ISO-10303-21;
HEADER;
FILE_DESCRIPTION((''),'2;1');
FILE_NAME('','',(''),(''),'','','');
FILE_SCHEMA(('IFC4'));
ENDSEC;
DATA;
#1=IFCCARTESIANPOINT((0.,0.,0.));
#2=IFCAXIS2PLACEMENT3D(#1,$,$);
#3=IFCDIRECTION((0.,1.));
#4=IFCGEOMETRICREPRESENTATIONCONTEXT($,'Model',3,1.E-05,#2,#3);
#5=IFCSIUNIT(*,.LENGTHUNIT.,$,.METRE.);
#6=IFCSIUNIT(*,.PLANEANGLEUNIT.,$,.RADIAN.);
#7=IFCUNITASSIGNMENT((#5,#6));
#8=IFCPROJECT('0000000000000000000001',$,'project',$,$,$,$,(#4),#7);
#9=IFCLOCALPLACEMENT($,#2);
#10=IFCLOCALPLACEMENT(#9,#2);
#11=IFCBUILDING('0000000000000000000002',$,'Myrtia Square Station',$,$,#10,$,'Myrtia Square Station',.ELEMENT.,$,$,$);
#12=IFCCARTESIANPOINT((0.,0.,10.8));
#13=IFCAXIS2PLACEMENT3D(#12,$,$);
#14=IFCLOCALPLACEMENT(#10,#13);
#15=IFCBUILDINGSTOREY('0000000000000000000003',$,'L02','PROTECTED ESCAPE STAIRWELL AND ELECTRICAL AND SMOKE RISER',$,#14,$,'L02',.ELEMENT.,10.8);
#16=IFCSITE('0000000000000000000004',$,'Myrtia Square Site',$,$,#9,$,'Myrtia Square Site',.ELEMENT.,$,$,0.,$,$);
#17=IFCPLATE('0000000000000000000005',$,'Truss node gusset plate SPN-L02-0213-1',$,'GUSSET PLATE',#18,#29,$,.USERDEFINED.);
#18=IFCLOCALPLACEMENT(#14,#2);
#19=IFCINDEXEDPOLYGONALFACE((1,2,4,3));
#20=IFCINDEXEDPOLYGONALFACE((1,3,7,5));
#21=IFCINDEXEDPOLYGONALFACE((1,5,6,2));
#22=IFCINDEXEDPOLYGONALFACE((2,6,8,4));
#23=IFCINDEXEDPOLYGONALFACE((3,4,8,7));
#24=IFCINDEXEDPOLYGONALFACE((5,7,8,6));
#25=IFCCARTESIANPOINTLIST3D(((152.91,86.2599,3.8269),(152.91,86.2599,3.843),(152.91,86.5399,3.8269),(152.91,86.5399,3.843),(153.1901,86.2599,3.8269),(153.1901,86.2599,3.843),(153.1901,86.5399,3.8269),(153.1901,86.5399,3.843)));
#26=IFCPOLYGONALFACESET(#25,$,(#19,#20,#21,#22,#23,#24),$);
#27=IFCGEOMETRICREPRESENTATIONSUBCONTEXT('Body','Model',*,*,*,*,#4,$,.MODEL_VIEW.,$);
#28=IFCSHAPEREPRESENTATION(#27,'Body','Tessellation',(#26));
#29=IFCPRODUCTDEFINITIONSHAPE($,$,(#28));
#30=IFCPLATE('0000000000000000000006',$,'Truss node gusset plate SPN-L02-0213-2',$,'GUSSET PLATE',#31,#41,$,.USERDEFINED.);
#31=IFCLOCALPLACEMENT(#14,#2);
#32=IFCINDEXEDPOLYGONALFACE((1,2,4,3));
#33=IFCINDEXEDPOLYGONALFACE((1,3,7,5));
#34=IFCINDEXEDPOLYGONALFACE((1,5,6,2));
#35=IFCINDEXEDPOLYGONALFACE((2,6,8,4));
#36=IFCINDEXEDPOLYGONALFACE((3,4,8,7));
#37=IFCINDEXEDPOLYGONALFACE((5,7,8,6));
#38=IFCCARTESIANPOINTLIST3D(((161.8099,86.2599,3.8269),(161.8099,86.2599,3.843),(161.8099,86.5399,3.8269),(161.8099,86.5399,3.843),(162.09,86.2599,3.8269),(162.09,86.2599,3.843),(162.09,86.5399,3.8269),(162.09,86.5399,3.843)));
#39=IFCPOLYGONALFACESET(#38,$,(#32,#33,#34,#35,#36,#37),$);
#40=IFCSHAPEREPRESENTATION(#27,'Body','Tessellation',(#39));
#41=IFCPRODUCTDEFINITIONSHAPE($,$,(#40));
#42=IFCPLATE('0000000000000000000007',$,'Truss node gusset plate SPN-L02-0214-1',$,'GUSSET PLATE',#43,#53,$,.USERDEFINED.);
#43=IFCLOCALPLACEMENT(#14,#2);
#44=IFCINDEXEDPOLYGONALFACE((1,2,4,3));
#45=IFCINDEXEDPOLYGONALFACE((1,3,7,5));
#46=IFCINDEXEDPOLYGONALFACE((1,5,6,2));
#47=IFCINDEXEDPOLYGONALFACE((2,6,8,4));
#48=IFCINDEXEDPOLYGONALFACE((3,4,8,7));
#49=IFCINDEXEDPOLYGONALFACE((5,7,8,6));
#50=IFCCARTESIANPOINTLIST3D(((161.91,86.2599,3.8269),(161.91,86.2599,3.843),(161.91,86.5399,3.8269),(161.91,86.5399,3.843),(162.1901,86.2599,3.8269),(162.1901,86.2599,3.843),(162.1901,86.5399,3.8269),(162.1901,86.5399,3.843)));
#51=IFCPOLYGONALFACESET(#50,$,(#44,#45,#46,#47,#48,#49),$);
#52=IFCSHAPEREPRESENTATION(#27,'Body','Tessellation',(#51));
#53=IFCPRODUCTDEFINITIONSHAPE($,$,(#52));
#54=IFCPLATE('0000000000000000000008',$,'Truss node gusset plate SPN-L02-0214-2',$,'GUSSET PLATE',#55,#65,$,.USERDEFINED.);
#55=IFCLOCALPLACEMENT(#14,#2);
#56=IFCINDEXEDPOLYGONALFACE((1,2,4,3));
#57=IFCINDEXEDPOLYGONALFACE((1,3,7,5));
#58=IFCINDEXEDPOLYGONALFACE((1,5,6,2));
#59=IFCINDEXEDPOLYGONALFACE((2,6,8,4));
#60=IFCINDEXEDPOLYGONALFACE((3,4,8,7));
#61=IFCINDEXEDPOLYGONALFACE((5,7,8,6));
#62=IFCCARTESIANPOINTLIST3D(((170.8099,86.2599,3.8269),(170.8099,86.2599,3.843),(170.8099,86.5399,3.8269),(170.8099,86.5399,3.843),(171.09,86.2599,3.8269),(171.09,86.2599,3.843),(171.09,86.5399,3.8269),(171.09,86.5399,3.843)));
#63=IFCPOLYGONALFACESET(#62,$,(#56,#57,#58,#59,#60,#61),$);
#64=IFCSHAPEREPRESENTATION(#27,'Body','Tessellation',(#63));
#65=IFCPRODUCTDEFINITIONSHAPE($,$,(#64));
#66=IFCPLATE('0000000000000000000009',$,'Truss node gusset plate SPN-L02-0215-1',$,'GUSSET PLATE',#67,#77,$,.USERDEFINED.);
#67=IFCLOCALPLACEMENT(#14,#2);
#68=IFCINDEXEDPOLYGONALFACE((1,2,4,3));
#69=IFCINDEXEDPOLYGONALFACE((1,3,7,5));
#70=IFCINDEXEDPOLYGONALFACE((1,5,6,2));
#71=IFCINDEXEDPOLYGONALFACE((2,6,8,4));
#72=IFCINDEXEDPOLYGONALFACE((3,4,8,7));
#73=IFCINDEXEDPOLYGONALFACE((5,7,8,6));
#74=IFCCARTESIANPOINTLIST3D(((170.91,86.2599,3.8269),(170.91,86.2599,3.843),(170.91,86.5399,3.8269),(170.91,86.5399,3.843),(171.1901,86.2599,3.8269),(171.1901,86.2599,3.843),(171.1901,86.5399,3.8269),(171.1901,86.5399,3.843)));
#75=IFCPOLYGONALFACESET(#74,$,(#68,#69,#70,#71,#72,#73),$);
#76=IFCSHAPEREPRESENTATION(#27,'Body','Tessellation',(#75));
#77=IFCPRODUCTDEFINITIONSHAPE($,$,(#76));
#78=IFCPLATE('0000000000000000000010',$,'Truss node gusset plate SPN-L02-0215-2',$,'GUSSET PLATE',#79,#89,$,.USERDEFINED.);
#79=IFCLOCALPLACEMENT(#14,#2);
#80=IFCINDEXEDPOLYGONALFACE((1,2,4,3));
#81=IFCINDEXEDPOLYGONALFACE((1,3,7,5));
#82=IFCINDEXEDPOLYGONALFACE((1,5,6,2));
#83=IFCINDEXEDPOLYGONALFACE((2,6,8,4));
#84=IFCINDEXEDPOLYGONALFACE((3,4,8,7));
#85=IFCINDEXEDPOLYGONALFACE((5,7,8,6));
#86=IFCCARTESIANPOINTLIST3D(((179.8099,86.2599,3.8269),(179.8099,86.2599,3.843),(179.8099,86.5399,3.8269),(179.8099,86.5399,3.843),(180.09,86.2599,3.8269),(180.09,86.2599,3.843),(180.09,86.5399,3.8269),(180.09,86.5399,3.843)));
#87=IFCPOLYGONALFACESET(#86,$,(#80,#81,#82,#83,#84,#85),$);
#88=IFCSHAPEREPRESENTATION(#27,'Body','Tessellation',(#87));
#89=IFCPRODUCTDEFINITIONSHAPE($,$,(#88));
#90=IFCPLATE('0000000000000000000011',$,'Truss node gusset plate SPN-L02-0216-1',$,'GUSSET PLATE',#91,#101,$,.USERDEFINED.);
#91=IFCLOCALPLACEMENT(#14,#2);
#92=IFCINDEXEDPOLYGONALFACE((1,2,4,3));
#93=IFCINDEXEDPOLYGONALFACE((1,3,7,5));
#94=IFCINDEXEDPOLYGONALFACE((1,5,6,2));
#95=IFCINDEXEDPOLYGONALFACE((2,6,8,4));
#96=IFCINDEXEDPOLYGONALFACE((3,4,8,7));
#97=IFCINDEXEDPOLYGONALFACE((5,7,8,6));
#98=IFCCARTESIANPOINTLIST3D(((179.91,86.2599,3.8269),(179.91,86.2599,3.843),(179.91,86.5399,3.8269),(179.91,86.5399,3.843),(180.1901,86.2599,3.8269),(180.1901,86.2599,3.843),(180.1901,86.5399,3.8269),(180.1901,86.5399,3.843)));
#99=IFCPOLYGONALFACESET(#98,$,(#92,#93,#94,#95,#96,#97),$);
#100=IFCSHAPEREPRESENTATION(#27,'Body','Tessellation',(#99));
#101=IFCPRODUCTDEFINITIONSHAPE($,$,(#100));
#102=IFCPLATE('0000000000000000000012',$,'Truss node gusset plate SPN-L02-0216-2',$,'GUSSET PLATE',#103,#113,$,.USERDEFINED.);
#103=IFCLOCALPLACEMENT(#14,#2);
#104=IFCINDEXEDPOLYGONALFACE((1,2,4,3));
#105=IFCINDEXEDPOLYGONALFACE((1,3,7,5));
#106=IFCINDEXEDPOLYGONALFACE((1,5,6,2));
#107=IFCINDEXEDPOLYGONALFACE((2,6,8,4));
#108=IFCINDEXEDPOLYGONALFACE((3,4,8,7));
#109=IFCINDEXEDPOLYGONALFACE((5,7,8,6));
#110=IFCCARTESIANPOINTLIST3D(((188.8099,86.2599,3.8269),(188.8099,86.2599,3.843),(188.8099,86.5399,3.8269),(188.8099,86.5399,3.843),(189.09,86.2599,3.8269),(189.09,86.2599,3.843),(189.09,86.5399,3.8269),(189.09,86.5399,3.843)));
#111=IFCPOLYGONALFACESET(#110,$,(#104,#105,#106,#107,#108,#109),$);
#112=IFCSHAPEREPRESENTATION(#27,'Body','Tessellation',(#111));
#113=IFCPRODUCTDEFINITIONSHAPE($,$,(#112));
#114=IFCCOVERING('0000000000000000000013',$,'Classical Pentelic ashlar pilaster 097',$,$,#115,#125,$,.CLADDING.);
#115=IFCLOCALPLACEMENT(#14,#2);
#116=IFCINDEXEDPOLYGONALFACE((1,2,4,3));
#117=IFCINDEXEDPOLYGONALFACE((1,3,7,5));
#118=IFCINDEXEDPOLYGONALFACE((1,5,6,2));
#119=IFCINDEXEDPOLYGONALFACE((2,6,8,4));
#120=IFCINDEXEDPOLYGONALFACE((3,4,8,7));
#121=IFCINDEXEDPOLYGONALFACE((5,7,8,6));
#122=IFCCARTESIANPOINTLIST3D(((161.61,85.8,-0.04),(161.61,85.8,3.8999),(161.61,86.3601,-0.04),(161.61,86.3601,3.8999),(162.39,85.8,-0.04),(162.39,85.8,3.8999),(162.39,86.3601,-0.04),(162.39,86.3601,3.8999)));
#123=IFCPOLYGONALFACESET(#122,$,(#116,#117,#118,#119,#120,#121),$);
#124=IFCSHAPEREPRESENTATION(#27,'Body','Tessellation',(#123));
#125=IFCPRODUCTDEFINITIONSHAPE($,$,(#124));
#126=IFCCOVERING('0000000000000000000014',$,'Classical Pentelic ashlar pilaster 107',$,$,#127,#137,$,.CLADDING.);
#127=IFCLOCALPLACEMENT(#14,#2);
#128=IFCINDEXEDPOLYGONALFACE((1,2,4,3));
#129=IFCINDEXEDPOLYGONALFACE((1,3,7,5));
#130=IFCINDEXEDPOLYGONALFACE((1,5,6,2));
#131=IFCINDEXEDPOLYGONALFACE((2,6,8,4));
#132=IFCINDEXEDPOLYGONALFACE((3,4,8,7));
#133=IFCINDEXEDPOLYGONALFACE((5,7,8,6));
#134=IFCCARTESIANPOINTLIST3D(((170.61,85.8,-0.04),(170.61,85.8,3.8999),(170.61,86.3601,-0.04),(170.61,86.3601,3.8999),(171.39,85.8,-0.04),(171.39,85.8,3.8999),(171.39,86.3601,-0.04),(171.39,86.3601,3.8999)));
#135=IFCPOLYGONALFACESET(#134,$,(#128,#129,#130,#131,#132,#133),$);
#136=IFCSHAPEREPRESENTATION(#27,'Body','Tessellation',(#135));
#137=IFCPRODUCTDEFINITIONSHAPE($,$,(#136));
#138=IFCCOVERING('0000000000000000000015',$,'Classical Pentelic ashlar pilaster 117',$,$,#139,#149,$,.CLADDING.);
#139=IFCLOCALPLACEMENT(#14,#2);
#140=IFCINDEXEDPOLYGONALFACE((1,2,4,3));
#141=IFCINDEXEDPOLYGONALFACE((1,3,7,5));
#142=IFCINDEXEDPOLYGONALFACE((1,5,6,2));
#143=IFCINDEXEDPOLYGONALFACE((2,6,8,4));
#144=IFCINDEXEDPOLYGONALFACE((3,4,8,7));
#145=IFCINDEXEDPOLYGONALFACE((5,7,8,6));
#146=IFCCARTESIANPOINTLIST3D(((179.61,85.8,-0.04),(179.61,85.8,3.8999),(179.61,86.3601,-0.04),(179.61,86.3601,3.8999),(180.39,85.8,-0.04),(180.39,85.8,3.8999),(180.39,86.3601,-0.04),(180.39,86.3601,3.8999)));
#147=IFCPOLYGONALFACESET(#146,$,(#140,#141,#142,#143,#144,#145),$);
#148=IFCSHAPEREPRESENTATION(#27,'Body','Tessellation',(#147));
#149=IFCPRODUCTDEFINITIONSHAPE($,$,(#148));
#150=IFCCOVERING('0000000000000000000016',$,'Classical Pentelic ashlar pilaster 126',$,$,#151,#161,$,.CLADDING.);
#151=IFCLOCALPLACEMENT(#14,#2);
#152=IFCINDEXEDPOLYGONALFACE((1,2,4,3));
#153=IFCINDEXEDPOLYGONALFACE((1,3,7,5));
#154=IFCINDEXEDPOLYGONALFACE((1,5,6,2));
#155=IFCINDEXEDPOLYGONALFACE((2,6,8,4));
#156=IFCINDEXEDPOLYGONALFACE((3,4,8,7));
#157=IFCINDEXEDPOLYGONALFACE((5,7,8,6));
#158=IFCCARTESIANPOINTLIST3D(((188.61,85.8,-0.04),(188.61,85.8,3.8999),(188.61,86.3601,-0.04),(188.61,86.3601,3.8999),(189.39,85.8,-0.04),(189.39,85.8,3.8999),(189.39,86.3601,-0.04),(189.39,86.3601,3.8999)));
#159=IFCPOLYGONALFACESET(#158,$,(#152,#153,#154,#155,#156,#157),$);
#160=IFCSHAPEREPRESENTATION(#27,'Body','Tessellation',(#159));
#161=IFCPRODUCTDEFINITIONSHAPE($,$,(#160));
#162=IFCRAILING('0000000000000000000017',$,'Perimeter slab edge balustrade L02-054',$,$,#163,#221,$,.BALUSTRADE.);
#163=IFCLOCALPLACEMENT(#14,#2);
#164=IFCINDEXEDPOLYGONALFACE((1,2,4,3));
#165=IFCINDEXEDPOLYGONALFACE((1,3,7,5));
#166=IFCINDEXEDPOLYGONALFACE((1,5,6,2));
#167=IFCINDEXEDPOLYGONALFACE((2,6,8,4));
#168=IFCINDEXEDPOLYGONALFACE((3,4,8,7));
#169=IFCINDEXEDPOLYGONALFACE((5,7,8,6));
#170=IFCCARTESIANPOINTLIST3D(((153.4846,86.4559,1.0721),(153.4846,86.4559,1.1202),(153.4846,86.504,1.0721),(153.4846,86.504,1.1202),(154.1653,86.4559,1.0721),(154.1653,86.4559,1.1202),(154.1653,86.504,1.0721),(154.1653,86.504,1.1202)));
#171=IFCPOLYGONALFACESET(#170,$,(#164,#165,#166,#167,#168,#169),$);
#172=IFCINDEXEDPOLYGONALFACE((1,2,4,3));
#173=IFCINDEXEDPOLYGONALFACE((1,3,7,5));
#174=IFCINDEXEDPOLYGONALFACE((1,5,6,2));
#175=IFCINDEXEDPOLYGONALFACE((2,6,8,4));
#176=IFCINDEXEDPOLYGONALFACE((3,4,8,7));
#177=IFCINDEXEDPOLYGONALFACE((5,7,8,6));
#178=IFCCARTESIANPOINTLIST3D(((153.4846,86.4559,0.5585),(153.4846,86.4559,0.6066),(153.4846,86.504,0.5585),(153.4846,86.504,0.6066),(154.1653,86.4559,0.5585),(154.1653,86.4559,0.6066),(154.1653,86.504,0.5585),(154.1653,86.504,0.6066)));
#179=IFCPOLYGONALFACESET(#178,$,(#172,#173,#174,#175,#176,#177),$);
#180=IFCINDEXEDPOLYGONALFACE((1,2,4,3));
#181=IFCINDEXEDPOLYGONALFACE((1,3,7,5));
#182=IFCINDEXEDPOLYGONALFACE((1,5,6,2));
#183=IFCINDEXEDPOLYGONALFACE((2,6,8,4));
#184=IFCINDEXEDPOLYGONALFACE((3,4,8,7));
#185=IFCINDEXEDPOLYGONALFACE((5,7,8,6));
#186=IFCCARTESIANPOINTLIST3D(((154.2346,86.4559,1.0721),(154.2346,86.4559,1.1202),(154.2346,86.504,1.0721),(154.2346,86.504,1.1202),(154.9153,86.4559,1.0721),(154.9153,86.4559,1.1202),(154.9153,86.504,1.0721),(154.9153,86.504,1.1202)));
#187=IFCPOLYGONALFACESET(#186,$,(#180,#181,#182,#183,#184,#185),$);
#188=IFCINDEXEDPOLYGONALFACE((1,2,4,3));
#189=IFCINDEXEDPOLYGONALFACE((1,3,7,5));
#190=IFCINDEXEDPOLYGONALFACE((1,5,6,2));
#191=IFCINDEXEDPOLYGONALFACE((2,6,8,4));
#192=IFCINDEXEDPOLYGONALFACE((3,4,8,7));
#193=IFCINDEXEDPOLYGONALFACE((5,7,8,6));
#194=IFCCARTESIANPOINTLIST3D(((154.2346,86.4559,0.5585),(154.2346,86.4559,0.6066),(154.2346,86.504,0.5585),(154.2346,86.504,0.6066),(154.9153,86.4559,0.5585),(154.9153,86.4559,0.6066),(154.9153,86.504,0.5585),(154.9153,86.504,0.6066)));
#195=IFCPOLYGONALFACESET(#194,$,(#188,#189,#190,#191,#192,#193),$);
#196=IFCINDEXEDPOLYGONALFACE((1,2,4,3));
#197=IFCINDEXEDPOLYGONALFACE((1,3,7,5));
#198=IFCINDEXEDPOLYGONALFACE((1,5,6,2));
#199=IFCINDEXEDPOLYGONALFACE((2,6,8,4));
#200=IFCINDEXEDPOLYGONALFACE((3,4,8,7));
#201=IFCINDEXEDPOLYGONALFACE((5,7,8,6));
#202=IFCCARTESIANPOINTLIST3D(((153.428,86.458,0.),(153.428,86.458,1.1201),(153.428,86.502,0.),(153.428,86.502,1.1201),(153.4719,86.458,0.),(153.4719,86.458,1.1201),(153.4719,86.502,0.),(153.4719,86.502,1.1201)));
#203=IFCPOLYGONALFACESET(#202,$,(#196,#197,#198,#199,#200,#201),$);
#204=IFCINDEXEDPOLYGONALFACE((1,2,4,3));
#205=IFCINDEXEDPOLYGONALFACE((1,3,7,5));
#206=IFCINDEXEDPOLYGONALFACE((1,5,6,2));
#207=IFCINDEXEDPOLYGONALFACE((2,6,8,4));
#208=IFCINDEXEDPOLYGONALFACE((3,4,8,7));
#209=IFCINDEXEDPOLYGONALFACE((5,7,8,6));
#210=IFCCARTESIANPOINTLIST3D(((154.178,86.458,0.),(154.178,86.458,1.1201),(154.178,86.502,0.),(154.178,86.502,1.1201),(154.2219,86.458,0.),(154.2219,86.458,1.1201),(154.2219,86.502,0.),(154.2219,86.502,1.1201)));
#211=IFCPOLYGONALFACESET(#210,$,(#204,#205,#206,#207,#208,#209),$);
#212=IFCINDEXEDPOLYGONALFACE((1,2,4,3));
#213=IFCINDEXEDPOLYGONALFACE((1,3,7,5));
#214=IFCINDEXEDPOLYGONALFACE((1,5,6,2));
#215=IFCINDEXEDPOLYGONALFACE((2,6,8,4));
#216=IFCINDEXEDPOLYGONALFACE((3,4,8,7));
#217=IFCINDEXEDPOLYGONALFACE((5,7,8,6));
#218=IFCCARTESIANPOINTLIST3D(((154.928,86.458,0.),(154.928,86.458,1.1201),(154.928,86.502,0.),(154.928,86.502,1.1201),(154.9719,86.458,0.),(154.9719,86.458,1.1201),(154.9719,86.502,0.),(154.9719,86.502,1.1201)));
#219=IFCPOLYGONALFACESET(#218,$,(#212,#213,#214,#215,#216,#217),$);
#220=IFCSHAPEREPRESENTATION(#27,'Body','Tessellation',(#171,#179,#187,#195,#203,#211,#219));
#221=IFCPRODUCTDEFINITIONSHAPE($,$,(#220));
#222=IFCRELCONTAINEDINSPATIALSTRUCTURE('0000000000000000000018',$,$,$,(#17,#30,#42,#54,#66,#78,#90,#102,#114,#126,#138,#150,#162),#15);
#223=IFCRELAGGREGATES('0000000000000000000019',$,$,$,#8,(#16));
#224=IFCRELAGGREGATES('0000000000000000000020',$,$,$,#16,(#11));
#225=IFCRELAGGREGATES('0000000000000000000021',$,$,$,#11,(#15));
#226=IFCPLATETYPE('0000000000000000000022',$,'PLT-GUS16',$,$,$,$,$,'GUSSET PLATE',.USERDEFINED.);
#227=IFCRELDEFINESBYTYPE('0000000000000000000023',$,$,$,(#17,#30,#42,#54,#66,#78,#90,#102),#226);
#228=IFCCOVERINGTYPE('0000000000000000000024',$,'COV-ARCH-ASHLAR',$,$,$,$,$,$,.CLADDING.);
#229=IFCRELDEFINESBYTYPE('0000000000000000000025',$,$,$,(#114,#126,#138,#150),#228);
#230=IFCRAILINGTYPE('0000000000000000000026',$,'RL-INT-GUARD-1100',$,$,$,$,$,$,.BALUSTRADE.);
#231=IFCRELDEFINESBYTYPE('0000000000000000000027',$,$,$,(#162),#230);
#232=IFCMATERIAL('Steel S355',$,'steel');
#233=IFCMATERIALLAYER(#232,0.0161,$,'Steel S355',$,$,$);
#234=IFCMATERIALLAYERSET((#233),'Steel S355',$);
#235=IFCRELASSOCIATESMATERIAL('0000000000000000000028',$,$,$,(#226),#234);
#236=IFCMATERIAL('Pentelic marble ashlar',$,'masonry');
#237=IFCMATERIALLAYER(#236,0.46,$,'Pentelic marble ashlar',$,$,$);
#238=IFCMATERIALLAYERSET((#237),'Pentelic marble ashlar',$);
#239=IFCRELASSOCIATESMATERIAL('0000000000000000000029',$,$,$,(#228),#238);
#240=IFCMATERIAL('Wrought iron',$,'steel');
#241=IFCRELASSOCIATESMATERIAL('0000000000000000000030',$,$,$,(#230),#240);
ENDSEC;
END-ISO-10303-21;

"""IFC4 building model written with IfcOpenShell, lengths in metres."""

from ifc_helpers import new_model, si_unit, direction, frame, origin, origin_2d, place, context, subcontext, project, spatial, rectangle, extrude, material, layer, layer_set, type_object, element, save


model = new_model("IFC4")

# Units and contexts
model_context = context("Model", 3, precision=1e-05, world=origin(), true_north=direction((0.0, 1.0)))
body_context = subcontext(model_context, "Body", "Model", "MODEL_VIEW")
ifc_project = project(units=[si_unit("LENGTHUNIT", "METRE"), si_unit("PLANEANGLEUNIT", "RADIAN")], contexts=[model_context])

# Site, building, storey
site_placement = place(None, origin())
site = spatial("IfcSite", under=ifc_project, at=site_placement, Name="Myrtia Square Site", LongName="Myrtia Square Site", CompositionType="ELEMENT", RefElevation=0.0)
building_placement = place(site_placement, origin())
building = spatial("IfcBuilding", under=site, at=building_placement, Name="Myrtia Square Station", LongName="Myrtia Square Station", CompositionType="ELEMENT")
storey_placement = place(building_placement, frame((0.0, 0.0, 10.8)))
storey = spatial("IfcBuildingStorey", under=building, at=storey_placement, Name="L02", Description="PROTECTED ESCAPE STAIRWELL AND ELECTRICAL AND SMOKE RISER", LongName="L02", CompositionType="ELEMENT", Elevation=10.8)

# Shared definitions
ifc_material_1 = material(Name="Steel S355", Category="steel")

# Plates
ifc_layer_1 = layer(ifc_material_1, 0.0161, Name="Steel S355")
ifc_layer_set_1 = layer_set([ifc_layer_1], Name="Steel S355")
plate_type = type_object("IfcPlateType", Name="PLT-GUS16", ElementType="GUSSET PLATE", PredefinedType="USERDEFINED", material=ifc_layer_set_1)
for number, where, z_axis, x_axis, name in (
    (1, (153.05, 86.3999, 3.8269), (0.0, 0.0, 1.0), (1.0, 0.0, 0.0), "Truss node gusset plate SPN-L02-0213-1"),
    (2, (161.95, 86.3999, 3.8269), (0.0, 0.0, 1.0), (1.0, 0.0, 0.0), "Truss node gusset plate SPN-L02-0213-2"),
    (3, (162.05, 86.3999, 3.8269), (0.0, 0.0, 1.0), (1.0, 0.0, 0.0), "Truss node gusset plate SPN-L02-0214-1"),
    (4, (170.95, 86.3999, 3.8269), (0.0, 0.0, 1.0), (1.0, 0.0, 0.0), "Truss node gusset plate SPN-L02-0214-2"),
    (5, (171.05, 86.3999, 3.8269), (0.0, 0.0, 1.0), (1.0, 0.0, 0.0), "Truss node gusset plate SPN-L02-0215-1"),
    (6, (179.95, 86.3999, 3.8269), (0.0, 0.0, 1.0), (1.0, 0.0, 0.0), "Truss node gusset plate SPN-L02-0215-2"),
    (7, (180.05, 86.3999, 3.8269), (0.0, 0.0, 1.0), (1.0, 0.0, 0.0), "Truss node gusset plate SPN-L02-0216-1"),
    (8, (188.95, 86.3999, 3.8269), (0.0, 0.0, 1.0), (1.0, 0.0, 0.0), "Truss node gusset plate SPN-L02-0216-2"),
):
    element("IfcPlate", number, at=place(storey_placement, frame(where, z_axis=z_axis, x_axis=x_axis)), inside=storey, type_object=plate_type, Name=name, ObjectType="GUSSET PLATE", PredefinedType="USERDEFINED", context=body_context, shape_type="SweptSolid", body=[
        extrude(rectangle(XDim=0.28, YDim=0.28, at=origin_2d()), origin(), (0.0, 0.0, 1.0), 0.0161),
    ])

# Coverings
ifc_material_2 = material(Name="Pentelic marble ashlar", Category="masonry")
ifc_layer_2 = layer(ifc_material_2, 0.46, Name="Pentelic marble ashlar")
ifc_layer_set_2 = layer_set([ifc_layer_2], Name="Pentelic marble ashlar")
covering_type = type_object("IfcCoveringType", Name="COV-ARCH-ASHLAR", PredefinedType="CLADDING", material=ifc_layer_set_2)
for number, where, z_axis, x_axis, name in (
    (9, (162.0, 86.0801, -0.04), (0.0, 0.0, 1.0), (1.0, 0.0, 0.0), "Classical Pentelic ashlar pilaster 097"),
    (10, (171.0, 86.0801, -0.04), (0.0, 0.0, 1.0), (1.0, 0.0, 0.0), "Classical Pentelic ashlar pilaster 107"),
    (11, (180.0, 86.0801, -0.04), (0.0, 0.0, 1.0), (1.0, 0.0, 0.0), "Classical Pentelic ashlar pilaster 117"),
    (12, (189.0, 86.0801, -0.04), (0.0, 0.0, 1.0), (1.0, 0.0, 0.0), "Classical Pentelic ashlar pilaster 126"),
):
    element("IfcCovering", number, at=place(storey_placement, frame(where, z_axis=z_axis, x_axis=x_axis)), inside=storey, type_object=covering_type, Name=name, PredefinedType="CLADDING", context=body_context, shape_type="SweptSolid", body=[
        extrude(rectangle(XDim=0.78, YDim=0.5601, at=origin_2d()), origin(), (0.0, 0.0, 1.0), 3.9399),
    ])

# Railing
ifc_material_3 = material(Name="Wrought iron", Category="steel")
railing_type = type_object("IfcRailingType", Name="RL-INT-GUARD-1100", PredefinedType="BALUSTRADE", material=ifc_material_3)
for number, where, name in (
    (13, (153.45, 86.48, 0.0), "Perimeter slab edge balustrade L02-054"),
):
    element("IfcRailing", number, at=place(storey_placement, frame(where)), inside=storey, type_object=railing_type, Name=name, PredefinedType="BALUSTRADE", context=body_context, shape_type="SweptSolid", body=[
        extrude(rectangle(XDim=0.0481, YDim=0.0481, at=origin_2d()), frame((0.0347, 0.0, 1.0962), z_axis=(1.0, 0.0, 0.0), x_axis=(0.0, 1.0, 0.0)), (0.0, 0.0, 1.0), 0.6807),
        extrude(rectangle(XDim=0.0481, YDim=0.0481, at=origin_2d()), frame((0.0347, 0.0, 0.5825), z_axis=(1.0, 0.0, 0.0), x_axis=(0.0, 1.0, 0.0)), (0.0, 0.0, 1.0), 0.6807),
        extrude(rectangle(XDim=0.0481, YDim=0.0481, at=origin_2d()), frame((0.7847, 0.0, 1.0962), z_axis=(1.0, 0.0, 0.0), x_axis=(0.0, 1.0, 0.0)), (0.0, 0.0, 1.0), 0.6807),
        extrude(rectangle(XDim=0.0481, YDim=0.0481, at=origin_2d()), frame((0.7847, 0.0, 0.5825), z_axis=(1.0, 0.0, 0.0), x_axis=(0.0, 1.0, 0.0)), (0.0, 0.0, 1.0), 0.6807),
        extrude(rectangle(XDim=0.0439, YDim=0.0439, at=origin_2d()), origin(), (0.0, 0.0, 1.0), 1.1201),
        extrude(rectangle(XDim=0.0439, YDim=0.0439, at=origin_2d()), frame((0.75, 0.0, 0.0)), (0.0, 0.0, 1.0), 1.1201),
        extrude(rectangle(XDim=0.0439, YDim=0.0439, at=origin_2d()), frame((1.5, 0.0, 0.0)), (0.0, 0.0, 1.0), 1.1201),
    ])

save(model, "model.ifc")
